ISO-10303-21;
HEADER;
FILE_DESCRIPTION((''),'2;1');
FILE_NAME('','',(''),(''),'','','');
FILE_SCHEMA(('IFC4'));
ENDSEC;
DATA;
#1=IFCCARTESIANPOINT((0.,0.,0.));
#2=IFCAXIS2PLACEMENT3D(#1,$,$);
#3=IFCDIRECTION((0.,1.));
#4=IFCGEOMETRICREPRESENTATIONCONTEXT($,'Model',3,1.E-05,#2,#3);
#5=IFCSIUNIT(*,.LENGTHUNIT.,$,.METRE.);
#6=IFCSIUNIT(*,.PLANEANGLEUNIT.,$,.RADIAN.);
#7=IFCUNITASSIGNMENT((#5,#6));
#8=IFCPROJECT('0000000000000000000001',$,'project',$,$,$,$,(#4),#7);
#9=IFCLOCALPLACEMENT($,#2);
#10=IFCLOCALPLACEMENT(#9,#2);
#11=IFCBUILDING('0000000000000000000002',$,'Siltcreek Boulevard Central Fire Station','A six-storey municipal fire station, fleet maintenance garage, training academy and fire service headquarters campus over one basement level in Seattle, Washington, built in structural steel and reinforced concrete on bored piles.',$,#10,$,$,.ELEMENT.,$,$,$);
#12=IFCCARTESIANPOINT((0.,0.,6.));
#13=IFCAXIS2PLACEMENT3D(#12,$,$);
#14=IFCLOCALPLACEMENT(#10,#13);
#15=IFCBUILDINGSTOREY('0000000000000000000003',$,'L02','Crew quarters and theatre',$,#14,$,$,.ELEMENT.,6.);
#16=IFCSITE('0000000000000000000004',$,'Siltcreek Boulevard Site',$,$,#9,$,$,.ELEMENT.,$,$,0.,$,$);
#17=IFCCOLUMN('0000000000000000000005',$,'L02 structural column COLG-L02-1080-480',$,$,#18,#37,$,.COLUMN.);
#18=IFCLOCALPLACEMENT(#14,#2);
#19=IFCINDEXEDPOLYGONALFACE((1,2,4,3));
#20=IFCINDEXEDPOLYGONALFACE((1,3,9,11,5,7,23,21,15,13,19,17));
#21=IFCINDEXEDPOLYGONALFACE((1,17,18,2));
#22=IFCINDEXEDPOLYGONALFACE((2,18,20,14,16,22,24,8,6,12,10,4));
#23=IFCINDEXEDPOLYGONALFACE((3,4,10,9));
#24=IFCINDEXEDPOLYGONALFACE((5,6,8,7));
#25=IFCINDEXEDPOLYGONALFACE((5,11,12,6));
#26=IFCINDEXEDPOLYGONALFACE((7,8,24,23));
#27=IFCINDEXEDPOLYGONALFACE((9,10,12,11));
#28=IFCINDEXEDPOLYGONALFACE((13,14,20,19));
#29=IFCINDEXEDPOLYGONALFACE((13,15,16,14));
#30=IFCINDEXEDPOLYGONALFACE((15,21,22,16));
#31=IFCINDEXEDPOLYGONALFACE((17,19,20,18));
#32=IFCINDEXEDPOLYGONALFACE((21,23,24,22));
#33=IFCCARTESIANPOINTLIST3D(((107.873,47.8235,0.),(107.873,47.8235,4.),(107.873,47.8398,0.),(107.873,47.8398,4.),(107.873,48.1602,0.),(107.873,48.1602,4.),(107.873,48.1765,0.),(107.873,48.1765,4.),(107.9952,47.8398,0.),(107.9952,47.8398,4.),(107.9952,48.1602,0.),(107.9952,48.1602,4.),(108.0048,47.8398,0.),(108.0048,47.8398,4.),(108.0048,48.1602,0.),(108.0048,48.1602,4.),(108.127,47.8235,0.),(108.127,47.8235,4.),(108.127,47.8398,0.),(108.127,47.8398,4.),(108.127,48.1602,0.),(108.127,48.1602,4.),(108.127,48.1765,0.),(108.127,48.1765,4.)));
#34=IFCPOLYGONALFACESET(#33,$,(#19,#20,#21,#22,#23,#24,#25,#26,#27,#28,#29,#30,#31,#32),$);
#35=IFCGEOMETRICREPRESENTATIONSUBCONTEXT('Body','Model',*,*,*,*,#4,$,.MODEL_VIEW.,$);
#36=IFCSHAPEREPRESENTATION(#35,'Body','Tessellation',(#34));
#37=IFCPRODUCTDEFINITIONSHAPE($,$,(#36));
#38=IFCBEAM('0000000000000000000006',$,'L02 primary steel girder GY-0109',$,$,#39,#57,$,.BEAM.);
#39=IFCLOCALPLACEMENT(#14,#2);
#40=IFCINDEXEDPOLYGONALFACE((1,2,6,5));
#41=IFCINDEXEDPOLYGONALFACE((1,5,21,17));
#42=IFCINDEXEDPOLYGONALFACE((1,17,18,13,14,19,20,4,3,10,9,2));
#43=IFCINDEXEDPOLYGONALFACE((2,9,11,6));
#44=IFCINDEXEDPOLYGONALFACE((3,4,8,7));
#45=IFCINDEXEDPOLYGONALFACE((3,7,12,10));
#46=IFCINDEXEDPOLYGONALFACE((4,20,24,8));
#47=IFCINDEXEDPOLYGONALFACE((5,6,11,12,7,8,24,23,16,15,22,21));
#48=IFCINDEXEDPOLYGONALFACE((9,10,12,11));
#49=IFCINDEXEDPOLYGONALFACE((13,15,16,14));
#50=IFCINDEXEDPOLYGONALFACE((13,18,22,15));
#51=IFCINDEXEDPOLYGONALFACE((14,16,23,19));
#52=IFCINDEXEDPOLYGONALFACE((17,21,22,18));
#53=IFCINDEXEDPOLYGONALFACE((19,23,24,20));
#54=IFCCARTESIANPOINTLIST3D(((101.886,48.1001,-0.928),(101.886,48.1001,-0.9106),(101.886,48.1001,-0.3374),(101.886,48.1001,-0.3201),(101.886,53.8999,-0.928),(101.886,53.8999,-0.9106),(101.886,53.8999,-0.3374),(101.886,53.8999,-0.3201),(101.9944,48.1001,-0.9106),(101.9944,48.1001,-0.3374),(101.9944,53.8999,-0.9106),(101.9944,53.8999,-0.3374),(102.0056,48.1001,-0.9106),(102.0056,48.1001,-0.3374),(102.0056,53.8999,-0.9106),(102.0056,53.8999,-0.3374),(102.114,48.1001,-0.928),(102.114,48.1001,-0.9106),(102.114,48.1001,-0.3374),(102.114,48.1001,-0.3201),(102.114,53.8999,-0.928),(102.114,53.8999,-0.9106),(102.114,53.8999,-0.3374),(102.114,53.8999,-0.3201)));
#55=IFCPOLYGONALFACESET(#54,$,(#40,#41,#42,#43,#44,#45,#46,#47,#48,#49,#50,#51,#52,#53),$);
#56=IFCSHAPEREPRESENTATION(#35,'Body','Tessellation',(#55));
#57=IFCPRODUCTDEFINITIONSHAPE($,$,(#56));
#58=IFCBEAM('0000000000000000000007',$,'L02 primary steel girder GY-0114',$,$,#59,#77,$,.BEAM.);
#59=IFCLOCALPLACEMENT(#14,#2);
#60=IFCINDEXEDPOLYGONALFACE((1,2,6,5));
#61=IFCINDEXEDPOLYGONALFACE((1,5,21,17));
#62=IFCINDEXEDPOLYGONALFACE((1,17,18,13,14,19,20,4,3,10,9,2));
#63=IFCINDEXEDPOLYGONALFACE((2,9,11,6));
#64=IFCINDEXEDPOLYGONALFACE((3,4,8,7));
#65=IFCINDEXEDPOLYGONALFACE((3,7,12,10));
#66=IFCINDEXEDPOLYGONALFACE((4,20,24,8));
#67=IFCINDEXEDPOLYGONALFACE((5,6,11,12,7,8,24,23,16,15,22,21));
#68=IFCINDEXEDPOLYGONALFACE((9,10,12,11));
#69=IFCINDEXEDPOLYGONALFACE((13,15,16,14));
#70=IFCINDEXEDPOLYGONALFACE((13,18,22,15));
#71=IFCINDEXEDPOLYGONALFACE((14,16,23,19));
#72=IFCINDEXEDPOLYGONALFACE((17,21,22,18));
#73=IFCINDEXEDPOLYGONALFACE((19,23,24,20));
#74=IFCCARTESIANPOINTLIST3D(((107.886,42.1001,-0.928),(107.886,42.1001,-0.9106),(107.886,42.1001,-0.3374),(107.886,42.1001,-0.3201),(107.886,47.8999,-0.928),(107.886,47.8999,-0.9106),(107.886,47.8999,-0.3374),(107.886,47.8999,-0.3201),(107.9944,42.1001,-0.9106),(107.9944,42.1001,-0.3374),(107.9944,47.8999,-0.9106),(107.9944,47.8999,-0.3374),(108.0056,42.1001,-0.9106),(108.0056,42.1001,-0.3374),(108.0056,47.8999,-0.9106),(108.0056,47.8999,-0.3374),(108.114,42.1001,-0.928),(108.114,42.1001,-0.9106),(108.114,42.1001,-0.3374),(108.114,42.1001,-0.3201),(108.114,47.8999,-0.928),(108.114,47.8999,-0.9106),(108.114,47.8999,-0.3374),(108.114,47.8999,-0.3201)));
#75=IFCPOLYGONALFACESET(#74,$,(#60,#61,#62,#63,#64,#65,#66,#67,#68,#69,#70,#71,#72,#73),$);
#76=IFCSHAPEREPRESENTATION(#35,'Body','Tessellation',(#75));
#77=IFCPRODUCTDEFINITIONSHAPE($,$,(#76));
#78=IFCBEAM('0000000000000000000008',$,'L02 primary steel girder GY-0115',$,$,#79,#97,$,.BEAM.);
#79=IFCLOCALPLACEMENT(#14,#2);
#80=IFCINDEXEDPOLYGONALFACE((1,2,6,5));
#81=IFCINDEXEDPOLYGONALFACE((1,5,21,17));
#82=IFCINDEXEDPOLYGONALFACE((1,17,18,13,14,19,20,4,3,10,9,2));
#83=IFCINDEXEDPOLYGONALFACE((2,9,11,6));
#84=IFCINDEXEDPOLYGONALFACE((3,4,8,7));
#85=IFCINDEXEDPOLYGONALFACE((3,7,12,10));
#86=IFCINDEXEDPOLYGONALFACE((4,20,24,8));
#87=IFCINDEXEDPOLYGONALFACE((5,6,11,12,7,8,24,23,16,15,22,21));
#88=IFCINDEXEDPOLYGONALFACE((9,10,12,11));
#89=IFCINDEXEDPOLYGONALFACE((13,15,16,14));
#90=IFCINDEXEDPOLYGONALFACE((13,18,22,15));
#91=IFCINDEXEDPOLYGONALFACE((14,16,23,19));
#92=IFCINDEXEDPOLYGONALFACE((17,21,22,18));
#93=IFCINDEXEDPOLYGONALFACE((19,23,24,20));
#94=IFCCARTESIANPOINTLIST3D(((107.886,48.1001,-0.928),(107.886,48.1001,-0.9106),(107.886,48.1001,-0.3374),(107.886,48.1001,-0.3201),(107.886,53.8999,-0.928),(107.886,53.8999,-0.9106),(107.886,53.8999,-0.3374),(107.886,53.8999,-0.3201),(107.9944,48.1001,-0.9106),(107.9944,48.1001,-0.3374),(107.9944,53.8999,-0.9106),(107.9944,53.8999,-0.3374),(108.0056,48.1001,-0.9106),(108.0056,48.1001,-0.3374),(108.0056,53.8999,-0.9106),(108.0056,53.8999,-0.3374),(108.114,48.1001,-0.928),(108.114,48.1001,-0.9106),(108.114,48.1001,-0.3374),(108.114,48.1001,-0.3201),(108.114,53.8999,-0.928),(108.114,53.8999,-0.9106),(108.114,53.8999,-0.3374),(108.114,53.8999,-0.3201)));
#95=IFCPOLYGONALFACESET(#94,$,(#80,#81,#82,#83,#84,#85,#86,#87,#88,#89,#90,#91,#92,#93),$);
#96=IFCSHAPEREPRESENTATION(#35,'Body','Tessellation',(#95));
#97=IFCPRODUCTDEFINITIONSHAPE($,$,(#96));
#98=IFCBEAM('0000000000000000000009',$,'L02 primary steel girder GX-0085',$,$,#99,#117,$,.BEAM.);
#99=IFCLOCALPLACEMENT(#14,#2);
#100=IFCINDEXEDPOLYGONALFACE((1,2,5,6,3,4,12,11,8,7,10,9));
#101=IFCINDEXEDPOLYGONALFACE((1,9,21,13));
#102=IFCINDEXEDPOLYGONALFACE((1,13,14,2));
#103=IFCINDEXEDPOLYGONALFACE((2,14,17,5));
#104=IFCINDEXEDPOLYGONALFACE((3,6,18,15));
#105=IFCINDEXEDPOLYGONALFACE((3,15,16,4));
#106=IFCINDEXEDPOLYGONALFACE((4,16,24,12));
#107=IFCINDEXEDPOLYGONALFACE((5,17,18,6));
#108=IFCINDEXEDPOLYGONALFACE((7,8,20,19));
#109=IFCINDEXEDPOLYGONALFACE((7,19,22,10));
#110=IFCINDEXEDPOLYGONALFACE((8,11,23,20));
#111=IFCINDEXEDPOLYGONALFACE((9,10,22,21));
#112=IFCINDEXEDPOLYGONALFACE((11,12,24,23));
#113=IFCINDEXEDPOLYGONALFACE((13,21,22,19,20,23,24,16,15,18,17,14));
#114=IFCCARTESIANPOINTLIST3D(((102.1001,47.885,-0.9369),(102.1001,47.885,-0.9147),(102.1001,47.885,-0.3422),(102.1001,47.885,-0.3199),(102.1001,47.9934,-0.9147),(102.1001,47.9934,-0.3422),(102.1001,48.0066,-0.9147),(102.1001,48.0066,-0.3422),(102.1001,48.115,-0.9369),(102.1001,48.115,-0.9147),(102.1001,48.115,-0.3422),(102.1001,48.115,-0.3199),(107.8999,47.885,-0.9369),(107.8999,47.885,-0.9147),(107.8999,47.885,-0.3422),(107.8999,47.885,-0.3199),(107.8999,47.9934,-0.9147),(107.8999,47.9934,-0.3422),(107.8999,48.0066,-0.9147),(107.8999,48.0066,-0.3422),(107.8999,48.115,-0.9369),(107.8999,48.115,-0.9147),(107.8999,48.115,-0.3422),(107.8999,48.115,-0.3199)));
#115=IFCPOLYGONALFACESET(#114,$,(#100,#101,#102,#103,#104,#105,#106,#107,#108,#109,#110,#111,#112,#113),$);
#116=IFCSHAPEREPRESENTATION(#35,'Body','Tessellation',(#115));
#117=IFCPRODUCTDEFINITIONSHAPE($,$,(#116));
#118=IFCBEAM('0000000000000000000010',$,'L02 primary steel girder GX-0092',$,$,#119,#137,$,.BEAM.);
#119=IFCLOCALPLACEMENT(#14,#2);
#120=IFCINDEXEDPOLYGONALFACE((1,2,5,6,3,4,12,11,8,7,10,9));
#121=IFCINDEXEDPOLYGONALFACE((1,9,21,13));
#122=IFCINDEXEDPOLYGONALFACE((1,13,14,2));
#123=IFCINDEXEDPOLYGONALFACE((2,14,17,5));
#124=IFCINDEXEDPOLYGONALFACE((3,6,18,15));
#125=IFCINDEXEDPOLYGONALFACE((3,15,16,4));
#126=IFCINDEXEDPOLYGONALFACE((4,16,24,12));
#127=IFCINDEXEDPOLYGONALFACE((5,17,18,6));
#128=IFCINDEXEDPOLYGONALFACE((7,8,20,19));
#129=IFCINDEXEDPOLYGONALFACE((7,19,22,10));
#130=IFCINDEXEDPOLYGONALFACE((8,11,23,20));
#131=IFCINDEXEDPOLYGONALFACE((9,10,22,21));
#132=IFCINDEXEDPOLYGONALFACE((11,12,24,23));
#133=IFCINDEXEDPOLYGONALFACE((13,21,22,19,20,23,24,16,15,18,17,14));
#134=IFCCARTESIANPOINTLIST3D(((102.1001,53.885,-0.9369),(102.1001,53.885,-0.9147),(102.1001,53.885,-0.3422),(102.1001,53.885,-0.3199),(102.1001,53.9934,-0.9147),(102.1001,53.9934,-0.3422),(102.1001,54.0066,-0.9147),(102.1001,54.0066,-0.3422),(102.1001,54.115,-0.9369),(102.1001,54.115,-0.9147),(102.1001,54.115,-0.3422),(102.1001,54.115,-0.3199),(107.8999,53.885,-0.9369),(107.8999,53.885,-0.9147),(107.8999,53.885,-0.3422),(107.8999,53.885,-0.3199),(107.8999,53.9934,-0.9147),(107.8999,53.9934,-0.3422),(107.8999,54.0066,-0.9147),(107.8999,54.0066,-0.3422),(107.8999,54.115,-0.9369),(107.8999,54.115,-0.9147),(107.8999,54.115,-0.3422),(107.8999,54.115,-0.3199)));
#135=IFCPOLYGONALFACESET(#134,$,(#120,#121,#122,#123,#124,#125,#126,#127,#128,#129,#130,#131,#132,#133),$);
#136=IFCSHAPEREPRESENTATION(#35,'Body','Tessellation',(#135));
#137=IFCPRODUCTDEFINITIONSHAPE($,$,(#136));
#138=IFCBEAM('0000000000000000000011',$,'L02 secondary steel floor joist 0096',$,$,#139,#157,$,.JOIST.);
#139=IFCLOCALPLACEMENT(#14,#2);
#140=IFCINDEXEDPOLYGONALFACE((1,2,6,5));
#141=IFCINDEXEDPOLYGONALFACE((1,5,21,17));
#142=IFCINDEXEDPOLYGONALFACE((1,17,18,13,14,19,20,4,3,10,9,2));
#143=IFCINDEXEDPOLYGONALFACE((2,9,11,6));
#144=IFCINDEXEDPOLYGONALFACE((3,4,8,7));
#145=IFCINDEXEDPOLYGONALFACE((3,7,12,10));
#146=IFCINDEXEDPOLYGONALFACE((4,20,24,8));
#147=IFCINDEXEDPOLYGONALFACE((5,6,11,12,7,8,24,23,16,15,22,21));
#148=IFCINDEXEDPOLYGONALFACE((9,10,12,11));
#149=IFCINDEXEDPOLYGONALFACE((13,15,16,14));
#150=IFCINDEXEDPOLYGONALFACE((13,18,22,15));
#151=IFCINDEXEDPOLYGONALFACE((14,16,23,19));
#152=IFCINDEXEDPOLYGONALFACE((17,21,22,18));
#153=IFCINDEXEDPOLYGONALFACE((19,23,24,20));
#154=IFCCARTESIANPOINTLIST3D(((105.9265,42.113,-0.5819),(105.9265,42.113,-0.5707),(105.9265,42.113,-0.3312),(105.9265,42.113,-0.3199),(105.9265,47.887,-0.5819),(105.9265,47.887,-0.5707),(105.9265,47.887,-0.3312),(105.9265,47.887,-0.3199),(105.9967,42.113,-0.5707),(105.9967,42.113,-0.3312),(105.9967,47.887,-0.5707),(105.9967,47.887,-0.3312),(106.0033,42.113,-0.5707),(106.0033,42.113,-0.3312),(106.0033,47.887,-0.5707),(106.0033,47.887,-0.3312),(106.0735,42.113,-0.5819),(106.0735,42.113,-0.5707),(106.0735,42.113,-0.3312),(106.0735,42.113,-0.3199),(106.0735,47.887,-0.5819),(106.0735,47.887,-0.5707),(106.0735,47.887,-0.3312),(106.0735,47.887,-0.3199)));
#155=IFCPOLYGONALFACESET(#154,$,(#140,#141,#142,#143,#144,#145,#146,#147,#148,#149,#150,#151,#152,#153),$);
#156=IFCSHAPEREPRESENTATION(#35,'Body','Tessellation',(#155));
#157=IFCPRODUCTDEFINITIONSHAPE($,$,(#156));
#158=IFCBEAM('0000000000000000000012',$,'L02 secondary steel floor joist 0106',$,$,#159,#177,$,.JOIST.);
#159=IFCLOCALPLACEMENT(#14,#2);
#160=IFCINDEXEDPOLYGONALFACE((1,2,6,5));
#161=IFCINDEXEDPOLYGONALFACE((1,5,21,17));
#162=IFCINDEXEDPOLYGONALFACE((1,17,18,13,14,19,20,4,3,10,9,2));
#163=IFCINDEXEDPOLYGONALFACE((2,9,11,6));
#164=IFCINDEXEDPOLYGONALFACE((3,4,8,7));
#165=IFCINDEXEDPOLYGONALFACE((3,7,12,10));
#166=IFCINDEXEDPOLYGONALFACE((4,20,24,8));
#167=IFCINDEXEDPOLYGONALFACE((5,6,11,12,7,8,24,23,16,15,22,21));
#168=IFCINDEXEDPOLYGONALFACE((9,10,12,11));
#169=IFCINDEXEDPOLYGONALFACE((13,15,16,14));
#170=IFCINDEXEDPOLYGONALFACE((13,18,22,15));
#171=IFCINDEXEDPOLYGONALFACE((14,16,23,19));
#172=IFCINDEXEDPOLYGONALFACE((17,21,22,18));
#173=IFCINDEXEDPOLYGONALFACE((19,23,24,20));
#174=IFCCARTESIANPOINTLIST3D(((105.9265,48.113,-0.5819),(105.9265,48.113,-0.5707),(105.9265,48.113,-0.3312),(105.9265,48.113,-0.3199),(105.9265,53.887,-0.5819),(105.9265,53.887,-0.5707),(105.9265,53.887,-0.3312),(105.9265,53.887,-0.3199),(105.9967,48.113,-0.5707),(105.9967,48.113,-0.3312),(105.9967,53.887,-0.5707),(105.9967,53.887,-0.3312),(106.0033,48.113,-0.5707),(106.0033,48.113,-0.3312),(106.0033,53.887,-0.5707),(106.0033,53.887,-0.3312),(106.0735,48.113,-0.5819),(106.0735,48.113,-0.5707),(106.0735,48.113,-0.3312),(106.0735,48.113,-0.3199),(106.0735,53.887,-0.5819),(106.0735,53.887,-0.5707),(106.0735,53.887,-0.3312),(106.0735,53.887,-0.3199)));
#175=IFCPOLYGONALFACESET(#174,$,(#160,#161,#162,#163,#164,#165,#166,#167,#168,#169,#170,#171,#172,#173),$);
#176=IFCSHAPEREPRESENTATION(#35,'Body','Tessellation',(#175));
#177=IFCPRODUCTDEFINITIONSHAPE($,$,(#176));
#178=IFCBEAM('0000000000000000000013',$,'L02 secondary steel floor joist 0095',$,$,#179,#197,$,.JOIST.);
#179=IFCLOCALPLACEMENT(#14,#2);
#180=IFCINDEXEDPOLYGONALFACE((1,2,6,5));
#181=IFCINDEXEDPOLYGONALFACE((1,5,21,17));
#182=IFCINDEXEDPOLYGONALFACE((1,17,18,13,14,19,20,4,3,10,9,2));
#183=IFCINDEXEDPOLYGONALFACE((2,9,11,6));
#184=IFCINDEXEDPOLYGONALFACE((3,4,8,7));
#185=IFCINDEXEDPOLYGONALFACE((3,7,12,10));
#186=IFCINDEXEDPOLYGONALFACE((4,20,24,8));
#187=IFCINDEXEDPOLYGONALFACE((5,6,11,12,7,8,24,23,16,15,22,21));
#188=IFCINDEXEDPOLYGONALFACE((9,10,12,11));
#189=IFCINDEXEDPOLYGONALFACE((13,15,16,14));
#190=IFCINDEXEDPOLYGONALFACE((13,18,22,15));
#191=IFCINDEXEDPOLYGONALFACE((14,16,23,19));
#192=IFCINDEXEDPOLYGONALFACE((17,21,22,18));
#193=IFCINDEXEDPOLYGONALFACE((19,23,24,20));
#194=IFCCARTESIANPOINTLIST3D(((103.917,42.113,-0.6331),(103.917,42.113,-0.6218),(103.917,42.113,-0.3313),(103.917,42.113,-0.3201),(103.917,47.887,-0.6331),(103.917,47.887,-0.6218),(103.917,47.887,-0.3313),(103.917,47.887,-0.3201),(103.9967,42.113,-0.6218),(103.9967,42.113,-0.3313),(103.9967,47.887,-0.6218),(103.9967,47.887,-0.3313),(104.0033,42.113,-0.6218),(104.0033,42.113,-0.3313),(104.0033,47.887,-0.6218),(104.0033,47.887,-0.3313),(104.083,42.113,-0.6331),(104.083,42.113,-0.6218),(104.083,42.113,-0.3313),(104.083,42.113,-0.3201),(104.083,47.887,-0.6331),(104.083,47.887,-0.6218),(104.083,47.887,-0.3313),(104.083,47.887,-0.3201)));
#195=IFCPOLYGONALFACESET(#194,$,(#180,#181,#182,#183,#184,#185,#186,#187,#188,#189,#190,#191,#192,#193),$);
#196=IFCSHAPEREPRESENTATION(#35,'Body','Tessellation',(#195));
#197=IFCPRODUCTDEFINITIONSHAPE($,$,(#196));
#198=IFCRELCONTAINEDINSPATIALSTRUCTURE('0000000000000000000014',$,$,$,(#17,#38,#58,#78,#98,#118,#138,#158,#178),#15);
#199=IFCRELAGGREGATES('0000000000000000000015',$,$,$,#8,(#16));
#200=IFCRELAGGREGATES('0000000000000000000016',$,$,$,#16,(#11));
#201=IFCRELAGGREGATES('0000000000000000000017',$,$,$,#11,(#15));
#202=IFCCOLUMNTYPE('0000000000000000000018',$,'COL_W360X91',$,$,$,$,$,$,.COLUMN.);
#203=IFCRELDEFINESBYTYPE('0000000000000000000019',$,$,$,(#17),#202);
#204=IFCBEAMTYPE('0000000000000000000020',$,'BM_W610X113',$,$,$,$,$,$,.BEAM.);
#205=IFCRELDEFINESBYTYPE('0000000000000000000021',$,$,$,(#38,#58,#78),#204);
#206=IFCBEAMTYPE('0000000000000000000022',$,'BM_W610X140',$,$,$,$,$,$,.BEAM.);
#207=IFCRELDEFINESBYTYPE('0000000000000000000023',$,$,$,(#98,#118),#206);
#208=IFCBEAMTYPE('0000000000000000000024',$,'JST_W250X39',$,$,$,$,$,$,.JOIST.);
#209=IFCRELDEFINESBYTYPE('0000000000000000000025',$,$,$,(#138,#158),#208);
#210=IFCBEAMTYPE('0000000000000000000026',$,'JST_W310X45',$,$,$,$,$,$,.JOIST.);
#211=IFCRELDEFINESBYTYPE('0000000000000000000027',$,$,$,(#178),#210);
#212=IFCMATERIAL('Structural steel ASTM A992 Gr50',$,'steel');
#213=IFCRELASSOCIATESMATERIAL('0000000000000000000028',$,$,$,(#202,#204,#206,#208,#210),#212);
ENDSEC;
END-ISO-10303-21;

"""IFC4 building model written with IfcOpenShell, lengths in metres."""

from ifc_helpers import new_model, si_unit, direction, frame, origin, origin_2d, place, context, subcontext, project, spatial, i_section, extrude, material, material_profile, profile_set, type_object, element, save


model = new_model("IFC4")

# Units and contexts
model_context = context("Model", 3, precision=1e-05, world=origin(), true_north=direction((0.0, 1.0)))
body_context = subcontext(model_context, "Body", "Model", "MODEL_VIEW")
ifc_project = project(units=[si_unit("LENGTHUNIT", "METRE"), si_unit("PLANEANGLEUNIT", "RADIAN")], contexts=[model_context])

# Site, building, storey
site_placement = place(None, origin())
site = spatial("IfcSite", under=ifc_project, at=site_placement, Name="Siltcreek Boulevard Site", CompositionType="ELEMENT", RefElevation=0.0)
building_placement = place(site_placement, origin())
building = spatial("IfcBuilding", under=site, at=building_placement, Name="Siltcreek Boulevard Central Fire Station", Description="A six-storey municipal fire station, fleet maintenance garage, training academy and fire service headquarters campus over one basement level in Seattle, Washington, built in structural steel and reinforced concrete on bored piles.", CompositionType="ELEMENT")
storey_placement = place(building_placement, frame((0.0, 0.0, 6.0)))
storey = spatial("IfcBuildingStorey", under=building, at=storey_placement, Name="L02", Description="Crew quarters and theatre", CompositionType="ELEMENT", Elevation=6.0)

# Column
ifc_material_1 = material(Name="Structural steel ASTM A992 Gr50", Category="steel")
ifc_material_profile_1 = material_profile(ifc_material_1, i_section(OverallWidth=0.2539, OverallDepth=0.353, WebThickness=0.0095, FlangeThickness=0.0164, at=origin_2d()), Name="W360X91")
ifc_profile_set_1 = profile_set([ifc_material_profile_1], Name="Structural steel ASTM A992 Gr50")
column_type = type_object("IfcColumnType", Name="COL_W360X91", PredefinedType="COLUMN", material=ifc_profile_set_1)
column_placement = place(storey_placement, frame((108.0, 48.0, 0.0), z_axis=(0.0, 0.0, 1.0), x_axis=(1.0, 0.0, 0.0)))
element("IfcColumn", 1, at=column_placement, inside=storey, type_object=column_type, Name="L02 structural column COLG-L02-1080-480", PredefinedType="COLUMN", context=body_context, shape_type="SweptSolid", body=[
    extrude(i_section(OverallWidth=0.2539, OverallDepth=0.353, WebThickness=0.0095, FlangeThickness=0.0164, at=origin_2d()), origin(), (0.0, 0.0, 1.0), 4.0),
])

# Beams
ifc_material_profile_2 = material_profile(ifc_material_1, i_section(OverallWidth=0.228, OverallDepth=0.6079, WebThickness=0.0112, FlangeThickness=0.0173, at=origin_2d()), Name="W610X113")
ifc_profile_set_2 = profile_set([ifc_material_profile_2], Name="Structural steel ASTM A992 Gr50")
beam_type_1 = type_object("IfcBeamType", Name="BM_W610X113", PredefinedType="BEAM", material=ifc_profile_set_2)
for number, where, z_axis, x_axis, name in (
    (2, (102.0, 48.1001, -0.624), (0.0, 1.0, 0.0), (-1.0, 0.0, 0.0), "L02 primary steel girder GY-0109"),
    (3, (108.0, 42.1001, -0.624), (0.0, 1.0, 0.0), (-1.0, 0.0, 0.0), "L02 primary steel girder GY-0114"),
    (4, (108.0, 48.1001, -0.624), (0.0, 1.0, 0.0), (-1.0, 0.0, 0.0), "L02 primary steel girder GY-0115"),
):
    element("IfcBeam", number, at=place(storey_placement, frame(where, z_axis=z_axis, x_axis=x_axis)), inside=storey, type_object=beam_type_1, Name=name, PredefinedType="BEAM", context=body_context, shape_type="SweptSolid", body=[
        extrude(i_section(OverallWidth=0.228, OverallDepth=0.6079, WebThickness=0.0112, FlangeThickness=0.0173, at=origin_2d()), origin(), (0.0, 0.0, 1.0), 5.7998),
    ])
ifc_material_profile_3 = material_profile(ifc_material_1, i_section(OverallWidth=0.23, OverallDepth=0.6169, WebThickness=0.0132, FlangeThickness=0.0222, at=origin_2d()), Name="W610X140")
ifc_profile_set_3 = profile_set([ifc_material_profile_3], Name="Structural steel ASTM A992 Gr50")
beam_type_2 = type_object("IfcBeamType", Name="BM_W610X140", PredefinedType="BEAM", material=ifc_profile_set_3)
for number, where, z_axis, x_axis, name in (
    (5, (102.1001, 48.0, -0.6284), (1.0, 0.0, 0.0), (0.0, 1.0, 0.0), "L02 primary steel girder GX-0085"),
    (6, (102.1001, 54.0, -0.6284), (1.0, 0.0, 0.0), (0.0, 1.0, 0.0), "L02 primary steel girder GX-0092"),
):
    element("IfcBeam", number, at=place(storey_placement, frame(where, z_axis=z_axis, x_axis=x_axis)), inside=storey, type_object=beam_type_2, Name=name, PredefinedType="BEAM", context=body_context, shape_type="SweptSolid", body=[
        extrude(i_section(OverallWidth=0.23, OverallDepth=0.6169, WebThickness=0.0132, FlangeThickness=0.0222, at=origin_2d()), origin(), (0.0, 0.0, 1.0), 5.7998),
    ])
ifc_material_profile_4 = material_profile(ifc_material_1, i_section(OverallWidth=0.147, OverallDepth=0.262, WebThickness=0.0066, FlangeThickness=0.0112, at=origin_2d()), Name="W250X39")
ifc_profile_set_4 = profile_set([ifc_material_profile_4], Name="Structural steel ASTM A992 Gr50")
beam_type_3 = type_object("IfcBeamType", Name="JST_W250X39", PredefinedType="JOIST", material=ifc_profile_set_4)
for number, where, z_axis, x_axis, name in (
    (7, (106.0, 42.113, -0.4509), (0.0, 1.0, 0.0), (-1.0, 0.0, 0.0), "L02 secondary steel floor joist 0096"),
    (8, (106.0, 48.113, -0.4509), (0.0, 1.0, 0.0), (-1.0, 0.0, 0.0), "L02 secondary steel floor joist 0106"),
):
    element("IfcBeam", number, at=place(storey_placement, frame(where, z_axis=z_axis, x_axis=x_axis)), inside=storey, type_object=beam_type_3, Name=name, PredefinedType="JOIST", context=body_context, shape_type="SweptSolid", body=[
        extrude(i_section(OverallWidth=0.147, OverallDepth=0.262, WebThickness=0.0066, FlangeThickness=0.0112, at=origin_2d()), origin(), (0.0, 0.0, 1.0), 5.7739),
    ])
ifc_material_profile_5 = material_profile(ifc_material_1, i_section(OverallWidth=0.166, OverallDepth=0.313, WebThickness=0.0066, FlangeThickness=0.0112, at=origin_2d()), Name="W310X45")
ifc_profile_set_5 = profile_set([ifc_material_profile_5], Name="Structural steel ASTM A992 Gr50")
beam_type_4 = type_object("IfcBeamType", Name="JST_W310X45", PredefinedType="JOIST", material=ifc_profile_set_5)
for number, where, z_axis, x_axis, name in (
    (9, (104.0, 42.113, -0.4766), (0.0, 1.0, 0.0), (-1.0, 0.0, 0.0), "L02 secondary steel floor joist 0095"),
):
    element("IfcBeam", number, at=place(storey_placement, frame(where, z_axis=z_axis, x_axis=x_axis)), inside=storey, type_object=beam_type_4, Name=name, PredefinedType="JOIST", context=body_context, shape_type="SweptSolid", body=[
        extrude(i_section(OverallWidth=0.166, OverallDepth=0.313, WebThickness=0.0066, FlangeThickness=0.0112, at=origin_2d()), origin(), (0.0, 0.0, 1.0), 5.7739),
    ])

save(model, "model.ifc")
